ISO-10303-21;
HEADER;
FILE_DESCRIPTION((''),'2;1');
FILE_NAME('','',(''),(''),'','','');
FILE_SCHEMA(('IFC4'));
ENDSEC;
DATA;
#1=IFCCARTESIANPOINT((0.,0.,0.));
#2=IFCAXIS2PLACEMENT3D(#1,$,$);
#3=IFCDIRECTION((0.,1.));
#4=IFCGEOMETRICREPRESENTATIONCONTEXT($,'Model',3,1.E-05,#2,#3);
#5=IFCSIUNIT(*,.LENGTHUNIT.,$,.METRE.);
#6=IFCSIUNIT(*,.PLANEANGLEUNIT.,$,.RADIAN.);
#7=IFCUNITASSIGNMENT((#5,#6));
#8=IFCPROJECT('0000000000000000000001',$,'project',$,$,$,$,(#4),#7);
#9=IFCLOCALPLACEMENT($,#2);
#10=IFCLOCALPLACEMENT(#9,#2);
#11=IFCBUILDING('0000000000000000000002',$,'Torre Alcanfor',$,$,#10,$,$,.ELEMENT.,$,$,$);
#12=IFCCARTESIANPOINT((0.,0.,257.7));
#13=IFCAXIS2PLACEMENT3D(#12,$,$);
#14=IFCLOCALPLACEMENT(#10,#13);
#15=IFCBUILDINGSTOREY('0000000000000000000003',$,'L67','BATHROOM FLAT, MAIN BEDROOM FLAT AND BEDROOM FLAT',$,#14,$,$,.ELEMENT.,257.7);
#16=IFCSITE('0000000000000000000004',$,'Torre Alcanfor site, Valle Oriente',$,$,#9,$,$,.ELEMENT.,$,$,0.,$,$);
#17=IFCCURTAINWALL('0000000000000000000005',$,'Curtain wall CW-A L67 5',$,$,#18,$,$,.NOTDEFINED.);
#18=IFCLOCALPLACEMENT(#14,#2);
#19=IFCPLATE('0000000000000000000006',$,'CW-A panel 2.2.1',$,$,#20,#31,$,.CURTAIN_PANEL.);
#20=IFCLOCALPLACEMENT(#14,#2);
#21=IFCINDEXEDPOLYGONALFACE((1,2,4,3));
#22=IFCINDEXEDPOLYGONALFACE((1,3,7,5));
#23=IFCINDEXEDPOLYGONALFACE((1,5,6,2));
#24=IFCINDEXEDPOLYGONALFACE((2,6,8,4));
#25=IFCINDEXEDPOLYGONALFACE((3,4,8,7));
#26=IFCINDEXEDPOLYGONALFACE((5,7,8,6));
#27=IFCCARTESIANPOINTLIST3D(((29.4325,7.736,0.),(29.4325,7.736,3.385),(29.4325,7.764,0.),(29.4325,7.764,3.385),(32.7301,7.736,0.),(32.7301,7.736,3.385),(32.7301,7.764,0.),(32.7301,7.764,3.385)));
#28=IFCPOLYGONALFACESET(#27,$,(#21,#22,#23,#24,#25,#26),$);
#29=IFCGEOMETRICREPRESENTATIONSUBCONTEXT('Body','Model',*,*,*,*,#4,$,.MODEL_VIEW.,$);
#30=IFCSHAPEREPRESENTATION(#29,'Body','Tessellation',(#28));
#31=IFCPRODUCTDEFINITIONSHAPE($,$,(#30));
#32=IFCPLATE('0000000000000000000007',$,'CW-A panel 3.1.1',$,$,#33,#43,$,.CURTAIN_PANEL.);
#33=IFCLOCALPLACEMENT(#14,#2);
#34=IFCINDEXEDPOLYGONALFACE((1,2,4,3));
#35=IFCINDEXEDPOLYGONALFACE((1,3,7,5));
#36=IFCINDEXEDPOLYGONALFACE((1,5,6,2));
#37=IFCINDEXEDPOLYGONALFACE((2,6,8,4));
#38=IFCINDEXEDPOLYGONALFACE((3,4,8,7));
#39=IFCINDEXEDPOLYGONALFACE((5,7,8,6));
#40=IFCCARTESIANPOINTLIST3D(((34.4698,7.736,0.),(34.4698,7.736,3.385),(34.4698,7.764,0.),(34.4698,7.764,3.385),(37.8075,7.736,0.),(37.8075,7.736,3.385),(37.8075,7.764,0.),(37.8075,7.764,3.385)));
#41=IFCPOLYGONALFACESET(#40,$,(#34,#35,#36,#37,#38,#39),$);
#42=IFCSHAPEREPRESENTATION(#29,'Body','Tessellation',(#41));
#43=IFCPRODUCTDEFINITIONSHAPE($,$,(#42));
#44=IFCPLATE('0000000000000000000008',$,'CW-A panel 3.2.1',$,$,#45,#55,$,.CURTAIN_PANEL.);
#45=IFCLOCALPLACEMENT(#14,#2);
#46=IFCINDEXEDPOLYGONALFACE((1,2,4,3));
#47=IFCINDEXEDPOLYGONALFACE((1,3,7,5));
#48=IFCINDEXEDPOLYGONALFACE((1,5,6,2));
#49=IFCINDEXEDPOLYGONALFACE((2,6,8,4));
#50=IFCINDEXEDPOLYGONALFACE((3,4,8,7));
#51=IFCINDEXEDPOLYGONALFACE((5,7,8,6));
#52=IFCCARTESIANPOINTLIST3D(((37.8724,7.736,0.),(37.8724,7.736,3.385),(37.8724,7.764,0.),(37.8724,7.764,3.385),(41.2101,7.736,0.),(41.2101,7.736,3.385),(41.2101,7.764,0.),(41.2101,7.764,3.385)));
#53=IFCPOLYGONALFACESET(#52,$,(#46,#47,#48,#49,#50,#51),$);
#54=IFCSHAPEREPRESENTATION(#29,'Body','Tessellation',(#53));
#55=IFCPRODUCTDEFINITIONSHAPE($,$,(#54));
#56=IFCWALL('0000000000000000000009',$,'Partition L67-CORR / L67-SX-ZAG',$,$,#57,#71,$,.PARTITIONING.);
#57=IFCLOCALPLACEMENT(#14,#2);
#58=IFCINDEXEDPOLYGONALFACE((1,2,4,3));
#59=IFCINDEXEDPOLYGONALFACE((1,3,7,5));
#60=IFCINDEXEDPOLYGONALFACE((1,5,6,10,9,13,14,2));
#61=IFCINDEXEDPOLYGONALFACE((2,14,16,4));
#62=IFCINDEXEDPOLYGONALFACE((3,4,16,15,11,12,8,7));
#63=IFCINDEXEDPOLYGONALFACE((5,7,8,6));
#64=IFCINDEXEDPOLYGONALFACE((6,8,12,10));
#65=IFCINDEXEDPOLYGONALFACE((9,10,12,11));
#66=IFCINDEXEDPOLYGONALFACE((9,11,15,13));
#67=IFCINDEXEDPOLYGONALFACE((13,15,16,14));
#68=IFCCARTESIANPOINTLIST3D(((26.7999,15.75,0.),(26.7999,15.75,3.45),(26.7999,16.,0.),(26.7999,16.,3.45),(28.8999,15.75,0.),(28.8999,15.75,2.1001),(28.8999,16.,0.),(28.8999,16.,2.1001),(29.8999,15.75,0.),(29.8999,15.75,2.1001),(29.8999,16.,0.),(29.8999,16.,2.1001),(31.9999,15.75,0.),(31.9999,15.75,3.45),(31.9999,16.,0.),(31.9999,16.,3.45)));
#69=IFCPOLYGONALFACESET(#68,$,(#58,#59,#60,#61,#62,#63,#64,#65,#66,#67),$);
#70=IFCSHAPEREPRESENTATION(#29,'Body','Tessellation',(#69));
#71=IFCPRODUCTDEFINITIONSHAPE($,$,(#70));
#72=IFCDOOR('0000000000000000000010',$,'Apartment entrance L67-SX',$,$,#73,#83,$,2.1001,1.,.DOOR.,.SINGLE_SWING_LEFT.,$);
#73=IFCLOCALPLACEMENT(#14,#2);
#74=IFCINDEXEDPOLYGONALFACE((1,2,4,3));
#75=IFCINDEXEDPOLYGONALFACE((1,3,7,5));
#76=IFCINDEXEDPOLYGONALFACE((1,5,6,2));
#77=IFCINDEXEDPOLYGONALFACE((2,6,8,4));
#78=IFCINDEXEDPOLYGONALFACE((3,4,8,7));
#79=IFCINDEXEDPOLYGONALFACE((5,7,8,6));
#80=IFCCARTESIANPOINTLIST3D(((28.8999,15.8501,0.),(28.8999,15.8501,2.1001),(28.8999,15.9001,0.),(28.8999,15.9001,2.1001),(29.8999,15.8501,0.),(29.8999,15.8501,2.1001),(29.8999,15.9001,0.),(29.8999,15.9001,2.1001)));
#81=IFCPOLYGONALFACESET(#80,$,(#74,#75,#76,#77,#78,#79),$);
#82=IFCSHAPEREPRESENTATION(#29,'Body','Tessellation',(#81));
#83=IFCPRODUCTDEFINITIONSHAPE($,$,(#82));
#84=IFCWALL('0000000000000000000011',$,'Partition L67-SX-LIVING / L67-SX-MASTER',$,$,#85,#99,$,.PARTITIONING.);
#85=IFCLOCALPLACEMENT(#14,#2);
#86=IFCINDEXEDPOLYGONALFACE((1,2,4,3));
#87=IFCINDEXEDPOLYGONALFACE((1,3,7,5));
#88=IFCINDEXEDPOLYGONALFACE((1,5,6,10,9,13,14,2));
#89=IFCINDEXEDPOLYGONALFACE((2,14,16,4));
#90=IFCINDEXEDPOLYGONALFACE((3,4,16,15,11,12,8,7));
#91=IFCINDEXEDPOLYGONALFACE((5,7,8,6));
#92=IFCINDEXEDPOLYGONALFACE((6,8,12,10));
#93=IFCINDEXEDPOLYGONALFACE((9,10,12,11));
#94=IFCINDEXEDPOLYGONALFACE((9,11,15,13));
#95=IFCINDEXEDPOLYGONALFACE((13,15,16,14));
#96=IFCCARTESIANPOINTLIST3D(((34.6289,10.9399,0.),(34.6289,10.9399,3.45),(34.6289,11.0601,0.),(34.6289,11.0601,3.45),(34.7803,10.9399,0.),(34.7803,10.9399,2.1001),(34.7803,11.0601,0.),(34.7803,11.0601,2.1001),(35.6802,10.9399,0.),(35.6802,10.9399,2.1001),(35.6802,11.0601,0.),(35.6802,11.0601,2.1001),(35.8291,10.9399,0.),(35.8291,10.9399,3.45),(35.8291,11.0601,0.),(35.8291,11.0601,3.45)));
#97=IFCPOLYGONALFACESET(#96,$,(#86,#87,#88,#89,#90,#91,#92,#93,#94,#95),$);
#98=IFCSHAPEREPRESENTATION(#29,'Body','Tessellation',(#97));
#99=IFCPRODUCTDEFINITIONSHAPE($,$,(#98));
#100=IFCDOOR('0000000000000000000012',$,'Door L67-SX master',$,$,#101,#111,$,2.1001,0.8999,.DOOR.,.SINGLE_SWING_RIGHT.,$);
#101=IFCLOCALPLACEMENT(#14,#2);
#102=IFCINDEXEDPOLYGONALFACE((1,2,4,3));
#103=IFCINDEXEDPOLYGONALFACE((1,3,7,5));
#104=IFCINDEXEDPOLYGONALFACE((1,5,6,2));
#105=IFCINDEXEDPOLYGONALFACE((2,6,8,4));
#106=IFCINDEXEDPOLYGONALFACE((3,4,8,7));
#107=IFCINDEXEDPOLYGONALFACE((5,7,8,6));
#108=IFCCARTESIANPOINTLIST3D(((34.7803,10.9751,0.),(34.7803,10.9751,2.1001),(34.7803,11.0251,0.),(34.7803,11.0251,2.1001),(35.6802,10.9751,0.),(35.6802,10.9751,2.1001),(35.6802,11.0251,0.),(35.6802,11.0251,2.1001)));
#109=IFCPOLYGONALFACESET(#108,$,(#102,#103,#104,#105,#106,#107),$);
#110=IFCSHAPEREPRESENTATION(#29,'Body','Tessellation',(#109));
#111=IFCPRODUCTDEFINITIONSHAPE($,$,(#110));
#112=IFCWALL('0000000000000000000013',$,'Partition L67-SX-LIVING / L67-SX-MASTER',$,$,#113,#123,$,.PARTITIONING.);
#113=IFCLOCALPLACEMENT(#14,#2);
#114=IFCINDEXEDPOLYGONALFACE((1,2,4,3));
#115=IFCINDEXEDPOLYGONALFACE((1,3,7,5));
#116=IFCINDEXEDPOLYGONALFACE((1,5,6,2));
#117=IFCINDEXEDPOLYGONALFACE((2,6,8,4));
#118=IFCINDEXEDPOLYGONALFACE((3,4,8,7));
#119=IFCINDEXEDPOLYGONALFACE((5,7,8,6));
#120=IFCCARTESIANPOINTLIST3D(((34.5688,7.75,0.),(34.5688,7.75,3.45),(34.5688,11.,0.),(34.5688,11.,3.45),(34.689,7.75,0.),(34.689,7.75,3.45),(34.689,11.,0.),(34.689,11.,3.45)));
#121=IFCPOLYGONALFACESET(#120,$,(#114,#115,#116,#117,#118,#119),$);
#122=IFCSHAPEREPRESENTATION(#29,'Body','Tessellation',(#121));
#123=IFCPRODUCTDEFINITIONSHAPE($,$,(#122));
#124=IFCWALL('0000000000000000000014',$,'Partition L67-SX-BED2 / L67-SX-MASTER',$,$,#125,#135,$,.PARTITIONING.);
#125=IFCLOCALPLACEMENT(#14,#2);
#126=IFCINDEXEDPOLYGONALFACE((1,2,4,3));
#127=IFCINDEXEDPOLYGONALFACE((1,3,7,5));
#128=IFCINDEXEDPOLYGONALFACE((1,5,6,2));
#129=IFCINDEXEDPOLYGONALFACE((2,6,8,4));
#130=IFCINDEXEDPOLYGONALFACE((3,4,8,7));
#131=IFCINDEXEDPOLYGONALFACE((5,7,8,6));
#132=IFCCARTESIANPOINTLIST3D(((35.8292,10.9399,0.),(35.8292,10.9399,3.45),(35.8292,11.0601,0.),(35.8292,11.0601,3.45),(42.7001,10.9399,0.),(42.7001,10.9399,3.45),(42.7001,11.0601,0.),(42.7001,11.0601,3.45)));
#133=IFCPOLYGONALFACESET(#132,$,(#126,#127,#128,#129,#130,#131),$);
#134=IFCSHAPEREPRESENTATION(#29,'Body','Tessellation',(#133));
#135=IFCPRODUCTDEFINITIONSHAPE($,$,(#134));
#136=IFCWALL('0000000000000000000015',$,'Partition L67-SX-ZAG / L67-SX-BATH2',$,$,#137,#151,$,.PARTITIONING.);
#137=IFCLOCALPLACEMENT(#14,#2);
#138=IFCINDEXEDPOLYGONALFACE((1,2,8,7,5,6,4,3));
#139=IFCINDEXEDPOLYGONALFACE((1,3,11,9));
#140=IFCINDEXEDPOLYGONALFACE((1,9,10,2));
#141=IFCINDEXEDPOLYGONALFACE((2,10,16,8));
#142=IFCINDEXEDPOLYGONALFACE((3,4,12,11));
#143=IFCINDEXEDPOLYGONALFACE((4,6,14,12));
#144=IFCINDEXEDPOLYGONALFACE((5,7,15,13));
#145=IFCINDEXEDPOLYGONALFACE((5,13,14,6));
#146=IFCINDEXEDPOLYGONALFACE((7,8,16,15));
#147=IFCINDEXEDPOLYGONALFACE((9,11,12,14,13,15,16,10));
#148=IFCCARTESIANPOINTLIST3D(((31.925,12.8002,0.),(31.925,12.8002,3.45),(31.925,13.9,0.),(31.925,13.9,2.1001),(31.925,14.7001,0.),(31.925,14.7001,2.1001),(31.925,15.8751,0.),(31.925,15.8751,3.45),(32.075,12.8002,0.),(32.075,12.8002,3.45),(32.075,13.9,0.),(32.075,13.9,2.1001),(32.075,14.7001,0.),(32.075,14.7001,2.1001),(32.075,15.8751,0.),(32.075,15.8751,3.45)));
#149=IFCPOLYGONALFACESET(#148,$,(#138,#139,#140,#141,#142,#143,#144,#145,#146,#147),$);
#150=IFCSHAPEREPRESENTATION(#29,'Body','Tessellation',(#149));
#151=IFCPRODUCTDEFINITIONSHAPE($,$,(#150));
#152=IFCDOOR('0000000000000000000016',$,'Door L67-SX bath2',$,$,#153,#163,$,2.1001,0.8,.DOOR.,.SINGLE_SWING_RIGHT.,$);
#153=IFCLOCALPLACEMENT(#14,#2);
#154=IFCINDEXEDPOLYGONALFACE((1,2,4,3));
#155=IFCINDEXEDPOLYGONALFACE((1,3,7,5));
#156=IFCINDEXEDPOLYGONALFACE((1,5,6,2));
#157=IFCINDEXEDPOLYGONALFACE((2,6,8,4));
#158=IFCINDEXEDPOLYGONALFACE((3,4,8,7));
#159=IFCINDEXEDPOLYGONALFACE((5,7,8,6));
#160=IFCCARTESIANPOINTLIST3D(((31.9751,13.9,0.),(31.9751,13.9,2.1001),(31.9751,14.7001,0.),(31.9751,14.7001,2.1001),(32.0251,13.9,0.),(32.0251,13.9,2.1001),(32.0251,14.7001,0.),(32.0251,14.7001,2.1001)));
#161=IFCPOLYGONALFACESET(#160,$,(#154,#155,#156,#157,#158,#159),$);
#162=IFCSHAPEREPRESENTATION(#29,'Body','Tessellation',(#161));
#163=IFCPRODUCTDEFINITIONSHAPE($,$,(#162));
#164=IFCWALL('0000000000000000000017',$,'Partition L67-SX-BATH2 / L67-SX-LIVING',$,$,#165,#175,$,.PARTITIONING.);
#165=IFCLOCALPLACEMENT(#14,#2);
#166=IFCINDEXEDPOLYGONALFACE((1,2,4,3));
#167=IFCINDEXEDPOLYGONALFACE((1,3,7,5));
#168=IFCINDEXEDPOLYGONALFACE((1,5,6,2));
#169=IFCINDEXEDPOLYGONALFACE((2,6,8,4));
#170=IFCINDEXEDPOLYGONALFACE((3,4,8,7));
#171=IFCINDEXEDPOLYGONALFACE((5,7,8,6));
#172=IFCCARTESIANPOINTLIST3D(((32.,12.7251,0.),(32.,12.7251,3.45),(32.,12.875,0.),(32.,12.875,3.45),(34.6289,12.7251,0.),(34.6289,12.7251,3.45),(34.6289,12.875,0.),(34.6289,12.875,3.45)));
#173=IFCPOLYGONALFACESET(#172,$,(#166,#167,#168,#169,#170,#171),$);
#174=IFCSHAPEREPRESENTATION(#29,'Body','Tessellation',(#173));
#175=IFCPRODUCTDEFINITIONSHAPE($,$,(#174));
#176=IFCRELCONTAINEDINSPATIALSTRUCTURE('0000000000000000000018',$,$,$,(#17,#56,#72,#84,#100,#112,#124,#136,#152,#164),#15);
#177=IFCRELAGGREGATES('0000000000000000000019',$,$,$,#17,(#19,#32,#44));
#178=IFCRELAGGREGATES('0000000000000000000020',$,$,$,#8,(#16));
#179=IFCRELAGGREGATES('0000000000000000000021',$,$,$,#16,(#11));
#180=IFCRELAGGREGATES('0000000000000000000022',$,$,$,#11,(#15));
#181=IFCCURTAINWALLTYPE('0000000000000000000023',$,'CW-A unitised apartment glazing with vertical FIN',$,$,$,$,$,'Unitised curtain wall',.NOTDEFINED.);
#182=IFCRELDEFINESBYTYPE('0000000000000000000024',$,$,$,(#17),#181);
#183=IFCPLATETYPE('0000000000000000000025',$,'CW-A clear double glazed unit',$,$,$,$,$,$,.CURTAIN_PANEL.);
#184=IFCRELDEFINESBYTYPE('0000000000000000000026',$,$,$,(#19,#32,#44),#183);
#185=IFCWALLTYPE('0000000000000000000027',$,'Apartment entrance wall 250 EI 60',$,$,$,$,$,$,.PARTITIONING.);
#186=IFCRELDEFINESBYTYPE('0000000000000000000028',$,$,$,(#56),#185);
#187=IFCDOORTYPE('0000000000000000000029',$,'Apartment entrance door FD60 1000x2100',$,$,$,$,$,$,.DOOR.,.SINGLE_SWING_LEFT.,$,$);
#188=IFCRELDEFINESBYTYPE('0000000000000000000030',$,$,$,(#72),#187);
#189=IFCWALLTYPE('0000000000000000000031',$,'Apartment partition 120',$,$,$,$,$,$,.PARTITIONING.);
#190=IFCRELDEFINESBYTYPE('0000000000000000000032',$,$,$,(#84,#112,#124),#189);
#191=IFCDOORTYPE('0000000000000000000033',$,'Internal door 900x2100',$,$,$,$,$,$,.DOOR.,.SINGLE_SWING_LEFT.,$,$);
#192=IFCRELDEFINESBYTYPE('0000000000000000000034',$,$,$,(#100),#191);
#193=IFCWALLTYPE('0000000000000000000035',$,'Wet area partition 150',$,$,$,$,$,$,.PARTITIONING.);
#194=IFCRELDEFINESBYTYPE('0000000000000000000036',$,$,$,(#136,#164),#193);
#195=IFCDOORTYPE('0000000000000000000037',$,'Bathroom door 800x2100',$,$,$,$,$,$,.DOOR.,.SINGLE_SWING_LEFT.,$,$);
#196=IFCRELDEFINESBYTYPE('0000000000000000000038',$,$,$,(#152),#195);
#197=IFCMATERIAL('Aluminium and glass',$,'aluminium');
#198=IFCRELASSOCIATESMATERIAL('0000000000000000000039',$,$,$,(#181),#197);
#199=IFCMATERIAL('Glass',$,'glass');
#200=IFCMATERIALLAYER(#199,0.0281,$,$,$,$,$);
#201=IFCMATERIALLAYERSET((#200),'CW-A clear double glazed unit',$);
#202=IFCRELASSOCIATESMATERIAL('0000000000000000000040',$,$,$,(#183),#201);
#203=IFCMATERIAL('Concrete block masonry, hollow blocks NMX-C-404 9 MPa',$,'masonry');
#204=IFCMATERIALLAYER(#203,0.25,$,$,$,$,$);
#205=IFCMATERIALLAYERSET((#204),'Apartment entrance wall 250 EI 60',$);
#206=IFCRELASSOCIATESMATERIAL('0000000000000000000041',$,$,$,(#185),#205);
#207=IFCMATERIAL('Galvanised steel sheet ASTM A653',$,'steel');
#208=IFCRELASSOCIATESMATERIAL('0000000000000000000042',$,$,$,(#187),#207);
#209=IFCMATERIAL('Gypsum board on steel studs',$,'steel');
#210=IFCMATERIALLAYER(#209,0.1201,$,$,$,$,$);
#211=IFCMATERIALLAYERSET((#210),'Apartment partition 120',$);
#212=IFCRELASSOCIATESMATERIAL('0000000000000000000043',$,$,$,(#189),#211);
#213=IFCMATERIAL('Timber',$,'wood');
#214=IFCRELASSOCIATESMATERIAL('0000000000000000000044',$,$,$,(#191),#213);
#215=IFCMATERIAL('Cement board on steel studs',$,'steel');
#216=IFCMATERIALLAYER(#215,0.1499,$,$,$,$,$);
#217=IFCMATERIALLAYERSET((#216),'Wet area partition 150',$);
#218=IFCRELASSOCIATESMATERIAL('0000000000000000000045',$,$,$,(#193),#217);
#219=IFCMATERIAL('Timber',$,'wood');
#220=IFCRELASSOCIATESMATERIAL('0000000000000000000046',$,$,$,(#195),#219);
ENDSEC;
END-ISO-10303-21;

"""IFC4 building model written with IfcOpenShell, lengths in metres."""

from ifc_helpers import new_model, si_unit, direction, frame, frame_2d, origin, origin_2d, place, context, subcontext, project, spatial, rectangle, extrude, material, layer, layer_set, type_object, element, fill, aggregate, save


model = new_model("IFC4")

# Units and contexts
model_context = context("Model", 3, precision=1e-05, world=origin(), true_north=direction((0.0, 1.0)))
body_context = subcontext(model_context, "Body", "Model", "MODEL_VIEW")
ifc_project = project(units=[si_unit("LENGTHUNIT", "METRE"), si_unit("PLANEANGLEUNIT", "RADIAN")], contexts=[model_context])

# Site, building, storey
site_placement = place(None, origin())
site = spatial("IfcSite", under=ifc_project, at=site_placement, Name="Torre Alcanfor site, Valle Oriente", CompositionType="ELEMENT", RefElevation=0.0)
building_placement = place(site_placement, origin())
building = spatial("IfcBuilding", under=site, at=building_placement, Name="Torre Alcanfor", CompositionType="ELEMENT")
storey_placement = place(building_placement, frame((0.0, 0.0, 257.7)))
storey = spatial("IfcBuildingStorey", under=building, at=storey_placement, Name="L67", Description="BATHROOM FLAT, MAIN BEDROOM FLAT AND BEDROOM FLAT", CompositionType="ELEMENT", Elevation=257.7)

# Curtain wall
ifc_material_1 = material(Name="Aluminium and glass", Category="aluminium")
curtain_wall_type = type_object("IfcCurtainWallType", Name="CW-A unitised apartment glazing with vertical FIN", ElementType="Unitised curtain wall", PredefinedType="NOTDEFINED", material=ifc_material_1)
curtain_wall_placement = place(storey_placement, origin())
curtain_wall = element("IfcCurtainWall", 1, at=curtain_wall_placement, inside=storey, type_object=curtain_wall_type, Name="Curtain wall CW-A L67 5", PredefinedType="NOTDEFINED")

# Plates
ifc_material_2 = material(Name="Glass", Category="glass")
ifc_layer_1 = layer(ifc_material_2, 0.0281)
ifc_layer_set_1 = layer_set([ifc_layer_1], Name="CW-A clear double glazed unit")
plate_type = type_object("IfcPlateType", Name="CW-A clear double glazed unit", PredefinedType="CURTAIN_PANEL", material=ifc_layer_set_1)
plate_1_placement = place(storey_placement, frame((31.0813, 7.75, 0.0), z_axis=(0.0, 0.0, 1.0), x_axis=(1.0, 0.0, 0.0)))
plate_1 = element("IfcPlate", 2, at=plate_1_placement, type_object=plate_type, Name="CW-A panel 2.2.1", PredefinedType="CURTAIN_PANEL", context=body_context, shape_type="SweptSolid", body=[
    extrude(rectangle(XDim=3.2976, YDim=0.0281, at=origin_2d()), origin(), (0.0, 0.0, 1.0), 3.385),
])
plate_2_placement = place(storey_placement, frame((36.1387, 7.75, 0.0), z_axis=(0.0, 0.0, 1.0), x_axis=(1.0, 0.0, 0.0)))
plate_2 = element("IfcPlate", 3, at=plate_2_placement, type_object=plate_type, Name="CW-A panel 3.1.1", PredefinedType="CURTAIN_PANEL", context=body_context, shape_type="SweptSolid", body=[
    extrude(rectangle(XDim=3.3376, YDim=0.0281, at=origin_2d()), origin(), (0.0, 0.0, 1.0), 3.385),
])
plate_3_placement = place(storey_placement, frame((39.5413, 7.75, 0.0), z_axis=(0.0, 0.0, 1.0), x_axis=(1.0, 0.0, 0.0)))
plate_3 = element("IfcPlate", 4, at=plate_3_placement, type_object=plate_type, Name="CW-A panel 3.2.1", PredefinedType="CURTAIN_PANEL", context=body_context, shape_type="SweptSolid", body=[
    extrude(rectangle(XDim=3.3376, YDim=0.0281, at=origin_2d()), origin(), (0.0, 0.0, 1.0), 3.385),
])
aggregate(curtain_wall, [plate_1, plate_2, plate_3])

# Walls, openings, doors
ifc_material_3 = material(Name="Concrete block masonry, hollow blocks NMX-C-404 9 MPa", Category="masonry")
ifc_layer_2 = layer(ifc_material_3, 0.25)
ifc_layer_set_2 = layer_set([ifc_layer_2], Name="Apartment entrance wall 250 EI 60")
wall_type_1 = type_object("IfcWallType", Name="Apartment entrance wall 250 EI 60", PredefinedType="PARTITIONING", material=ifc_layer_set_2)
wall_1_placement = place(storey_placement, frame((32.0, 15.875, 0.0), z_axis=(0.0, 0.0, 1.0), x_axis=(-1.0, 0.0, 0.0)))
wall_1 = element("IfcWall", 5, at=wall_1_placement, inside=storey, type_object=wall_type_1, Name="Partition L67-CORR / L67-SX-ZAG", PredefinedType="PARTITIONING", context=body_context, shape_type="SweptSolid", body=[
    extrude(rectangle(XDim=5.2, YDim=0.25, at=frame_2d((2.6001, 0.0))), origin(), (0.0, 0.0, 1.0), 3.45),
])
opening_1_placement = place(wall_1_placement, frame((2.1001, 0.0, 0.0)))
opening_1 = element("IfcOpeningElement", 6, at=opening_1_placement, cuts=wall_1, PredefinedType="OPENING", context=body_context, shape_type="SweptSolid", body=[
    extrude(rectangle(XDim=1.0, YDim=2.1001, at=frame_2d((0.5, 1.05))), frame((0.0, 0.135, 0.0), z_axis=(0.0, -1.0, 0.0), x_axis=(1.0, 0.0, 0.0)), (0.0, 0.0, 1.0), 0.27),
])
ifc_material_4 = material(Name="Galvanised steel sheet ASTM A653", Category="steel")
door_type_1 = type_object("IfcDoorType", Name="Apartment entrance door FD60 1000x2100", OperationType="SINGLE_SWING_LEFT", PredefinedType="DOOR", material=ifc_material_4)
door_1_placement = place(opening_1_placement, origin())
door_1 = element("IfcDoor", 7, at=door_1_placement, inside=storey, type_object=door_type_1, Name="Apartment entrance L67-SX", OperationType="SINGLE_SWING_LEFT", OverallHeight=2.1001, OverallWidth=1.0, PredefinedType="DOOR", context=body_context, shape_type="SweptSolid", body=[
    extrude(rectangle(XDim=1.0, YDim=2.1001, at=frame_2d((0.5, 1.05))), frame((0.0, 0.0249, 0.0), z_axis=(0.0, -1.0, 0.0), x_axis=(1.0, 0.0, 0.0)), (0.0, 0.0, 1.0), 0.05),
])
fill(opening_1, door_1)
ifc_material_5 = material(Name="Gypsum board on steel studs", Category="steel")
ifc_layer_3 = layer(ifc_material_5, 0.1201)
ifc_layer_set_3 = layer_set([ifc_layer_3], Name="Apartment partition 120")
wall_type_2 = type_object("IfcWallType", Name="Apartment partition 120", PredefinedType="PARTITIONING", material=ifc_layer_set_3)
wall_2_placement = place(storey_placement, frame((35.8291, 11.0, 0.0), z_axis=(0.0, 0.0, 1.0), x_axis=(-1.0, 0.0, 0.0)))
wall_2 = element("IfcWall", 8, at=wall_2_placement, inside=storey, type_object=wall_type_2, Name="Partition L67-SX-LIVING / L67-SX-MASTER", PredefinedType="PARTITIONING", context=body_context, shape_type="SweptSolid", body=[
    extrude(rectangle(XDim=1.2002, YDim=0.1201, at=frame_2d((0.6001, 0.0))), origin(), (0.0, 0.0, 1.0), 3.45),
])
opening_2_placement = place(wall_2_placement, frame((0.1489, 0.0, 0.0)))
opening_2 = element("IfcOpeningElement", 9, at=opening_2_placement, cuts=wall_2, PredefinedType="OPENING", context=body_context, shape_type="SweptSolid", body=[
    extrude(rectangle(XDim=0.8999, YDim=2.1001, at=frame_2d((0.45, 1.05))), frame((0.0, 0.0701, 0.0), z_axis=(0.0, -1.0, 0.0), x_axis=(1.0, 0.0, 0.0)), (0.0, 0.0, 1.0), 0.1401),
])
ifc_material_6 = material(Name="Timber", Category="wood")
door_type_2 = type_object("IfcDoorType", Name="Internal door 900x2100", OperationType="SINGLE_SWING_LEFT", PredefinedType="DOOR", material=ifc_material_6)
door_2_placement = place(opening_2_placement, origin())
door_2 = element("IfcDoor", 10, at=door_2_placement, inside=storey, type_object=door_type_2, Name="Door L67-SX master", OperationType="SINGLE_SWING_RIGHT", OverallHeight=2.1001, OverallWidth=0.8999, PredefinedType="DOOR", context=body_context, shape_type="SweptSolid", body=[
    extrude(rectangle(XDim=0.8999, YDim=2.1001, at=frame_2d((0.45, 1.05))), frame((0.0, 0.0249, 0.0), z_axis=(0.0, -1.0, 0.0), x_axis=(1.0, 0.0, 0.0)), (0.0, 0.0, 1.0), 0.05),
])
fill(opening_2, door_2)

# Walls
wall_3_placement = place(storey_placement, frame((34.6289, 11.0, 0.0), z_axis=(0.0, 0.0, 1.0), x_axis=(0.0, -1.0, 0.0)))
element("IfcWall", 11, at=wall_3_placement, inside=storey, type_object=wall_type_2, Name="Partition L67-SX-LIVING / L67-SX-MASTER", PredefinedType="PARTITIONING", context=body_context, shape_type="SweptSolid", body=[
    extrude(rectangle(XDim=3.25, YDim=0.1201, at=frame_2d((1.625, 0.0))), origin(), (0.0, 0.0, 1.0), 3.45),
])
wall_4_placement = place(storey_placement, frame((35.8291, 11.0, 0.0), z_axis=(0.0, 0.0, 1.0), x_axis=(1.0, 0.0, 0.0)))
element("IfcWall", 12, at=wall_4_placement, inside=storey, type_object=wall_type_2, Name="Partition L67-SX-BED2 / L67-SX-MASTER", PredefinedType="PARTITIONING", context=body_context, shape_type="SweptSolid", body=[
    extrude(rectangle(XDim=6.8708, YDim=0.1201, at=frame_2d((3.4355, 0.0))), origin(), (0.0, 0.0, 1.0), 3.45),
])

# Wall, opening, door
ifc_material_7 = material(Name="Cement board on steel studs", Category="steel")
ifc_layer_4 = layer(ifc_material_7, 0.1499)
ifc_layer_set_4 = layer_set([ifc_layer_4], Name="Wet area partition 150")
wall_type_3 = type_object("IfcWallType", Name="Wet area partition 150", PredefinedType="PARTITIONING", material=ifc_layer_set_4)
wall_5_placement = place(storey_placement, frame((32.0, 12.8, 0.0), z_axis=(0.0, 0.0, 1.0), x_axis=(0.0, 1.0, 0.0)))
wall_5 = element("IfcWall", 13, at=wall_5_placement, inside=storey, type_object=wall_type_3, Name="Partition L67-SX-ZAG / L67-SX-BATH2", PredefinedType="PARTITIONING", context=body_context, shape_type="SweptSolid", body=[
    extrude(rectangle(XDim=3.075, YDim=0.1499, at=frame_2d((1.5376, 0.0))), origin(), (0.0, 0.0, 1.0), 3.45),
])
opening_3_placement = place(wall_5_placement, frame((1.1001, 0.0, 0.0)))
opening_3 = element("IfcOpeningElement", 14, at=opening_3_placement, cuts=wall_5, PredefinedType="OPENING", context=body_context, shape_type="SweptSolid", body=[
    extrude(rectangle(XDim=0.8, YDim=2.1001, at=frame_2d((0.3999, 1.05))), frame((0.0, 0.085, 0.0), z_axis=(0.0, -1.0, 0.0), x_axis=(1.0, 0.0, 0.0)), (0.0, 0.0, 1.0), 0.1699),
])
ifc_material_8 = material(Name="Timber", Category="wood")
door_type_3 = type_object("IfcDoorType", Name="Bathroom door 800x2100", OperationType="SINGLE_SWING_LEFT", PredefinedType="DOOR", material=ifc_material_8)
door_3_placement = place(opening_3_placement, frame((0.8, 0.0, 0.0), z_axis=(0.0, 0.0, 1.0), x_axis=(-1.0, 0.0, 0.0)))
door_3 = element("IfcDoor", 15, at=door_3_placement, inside=storey, type_object=door_type_3, Name="Door L67-SX bath2", OperationType="SINGLE_SWING_RIGHT", OverallHeight=2.1001, OverallWidth=0.8, PredefinedType="DOOR", context=body_context, shape_type="SweptSolid", body=[
    extrude(rectangle(XDim=0.8, YDim=2.1001, at=frame_2d((0.4001, 1.05))), frame((0.0, 0.0251, 0.0), z_axis=(0.0, -1.0, 0.0), x_axis=(1.0, 0.0, 0.0)), (0.0, 0.0, 1.0), 0.05),
])
fill(opening_3, door_3)

# Wall
wall_6_placement = place(storey_placement, frame((32.0, 12.8, 0.0), z_axis=(0.0, 0.0, 1.0), x_axis=(1.0, 0.0, 0.0)))
element("IfcWall", 16, at=wall_6_placement, inside=storey, type_object=wall_type_3, Name="Partition L67-SX-BATH2 / L67-SX-LIVING", PredefinedType="PARTITIONING", context=body_context, shape_type="SweptSolid", body=[
    extrude(rectangle(XDim=2.6289, YDim=0.1499, at=frame_2d((1.3145, 0.0))), origin(), (0.0, 0.0, 1.0), 3.45),
])

save(model, "model.ifc")
